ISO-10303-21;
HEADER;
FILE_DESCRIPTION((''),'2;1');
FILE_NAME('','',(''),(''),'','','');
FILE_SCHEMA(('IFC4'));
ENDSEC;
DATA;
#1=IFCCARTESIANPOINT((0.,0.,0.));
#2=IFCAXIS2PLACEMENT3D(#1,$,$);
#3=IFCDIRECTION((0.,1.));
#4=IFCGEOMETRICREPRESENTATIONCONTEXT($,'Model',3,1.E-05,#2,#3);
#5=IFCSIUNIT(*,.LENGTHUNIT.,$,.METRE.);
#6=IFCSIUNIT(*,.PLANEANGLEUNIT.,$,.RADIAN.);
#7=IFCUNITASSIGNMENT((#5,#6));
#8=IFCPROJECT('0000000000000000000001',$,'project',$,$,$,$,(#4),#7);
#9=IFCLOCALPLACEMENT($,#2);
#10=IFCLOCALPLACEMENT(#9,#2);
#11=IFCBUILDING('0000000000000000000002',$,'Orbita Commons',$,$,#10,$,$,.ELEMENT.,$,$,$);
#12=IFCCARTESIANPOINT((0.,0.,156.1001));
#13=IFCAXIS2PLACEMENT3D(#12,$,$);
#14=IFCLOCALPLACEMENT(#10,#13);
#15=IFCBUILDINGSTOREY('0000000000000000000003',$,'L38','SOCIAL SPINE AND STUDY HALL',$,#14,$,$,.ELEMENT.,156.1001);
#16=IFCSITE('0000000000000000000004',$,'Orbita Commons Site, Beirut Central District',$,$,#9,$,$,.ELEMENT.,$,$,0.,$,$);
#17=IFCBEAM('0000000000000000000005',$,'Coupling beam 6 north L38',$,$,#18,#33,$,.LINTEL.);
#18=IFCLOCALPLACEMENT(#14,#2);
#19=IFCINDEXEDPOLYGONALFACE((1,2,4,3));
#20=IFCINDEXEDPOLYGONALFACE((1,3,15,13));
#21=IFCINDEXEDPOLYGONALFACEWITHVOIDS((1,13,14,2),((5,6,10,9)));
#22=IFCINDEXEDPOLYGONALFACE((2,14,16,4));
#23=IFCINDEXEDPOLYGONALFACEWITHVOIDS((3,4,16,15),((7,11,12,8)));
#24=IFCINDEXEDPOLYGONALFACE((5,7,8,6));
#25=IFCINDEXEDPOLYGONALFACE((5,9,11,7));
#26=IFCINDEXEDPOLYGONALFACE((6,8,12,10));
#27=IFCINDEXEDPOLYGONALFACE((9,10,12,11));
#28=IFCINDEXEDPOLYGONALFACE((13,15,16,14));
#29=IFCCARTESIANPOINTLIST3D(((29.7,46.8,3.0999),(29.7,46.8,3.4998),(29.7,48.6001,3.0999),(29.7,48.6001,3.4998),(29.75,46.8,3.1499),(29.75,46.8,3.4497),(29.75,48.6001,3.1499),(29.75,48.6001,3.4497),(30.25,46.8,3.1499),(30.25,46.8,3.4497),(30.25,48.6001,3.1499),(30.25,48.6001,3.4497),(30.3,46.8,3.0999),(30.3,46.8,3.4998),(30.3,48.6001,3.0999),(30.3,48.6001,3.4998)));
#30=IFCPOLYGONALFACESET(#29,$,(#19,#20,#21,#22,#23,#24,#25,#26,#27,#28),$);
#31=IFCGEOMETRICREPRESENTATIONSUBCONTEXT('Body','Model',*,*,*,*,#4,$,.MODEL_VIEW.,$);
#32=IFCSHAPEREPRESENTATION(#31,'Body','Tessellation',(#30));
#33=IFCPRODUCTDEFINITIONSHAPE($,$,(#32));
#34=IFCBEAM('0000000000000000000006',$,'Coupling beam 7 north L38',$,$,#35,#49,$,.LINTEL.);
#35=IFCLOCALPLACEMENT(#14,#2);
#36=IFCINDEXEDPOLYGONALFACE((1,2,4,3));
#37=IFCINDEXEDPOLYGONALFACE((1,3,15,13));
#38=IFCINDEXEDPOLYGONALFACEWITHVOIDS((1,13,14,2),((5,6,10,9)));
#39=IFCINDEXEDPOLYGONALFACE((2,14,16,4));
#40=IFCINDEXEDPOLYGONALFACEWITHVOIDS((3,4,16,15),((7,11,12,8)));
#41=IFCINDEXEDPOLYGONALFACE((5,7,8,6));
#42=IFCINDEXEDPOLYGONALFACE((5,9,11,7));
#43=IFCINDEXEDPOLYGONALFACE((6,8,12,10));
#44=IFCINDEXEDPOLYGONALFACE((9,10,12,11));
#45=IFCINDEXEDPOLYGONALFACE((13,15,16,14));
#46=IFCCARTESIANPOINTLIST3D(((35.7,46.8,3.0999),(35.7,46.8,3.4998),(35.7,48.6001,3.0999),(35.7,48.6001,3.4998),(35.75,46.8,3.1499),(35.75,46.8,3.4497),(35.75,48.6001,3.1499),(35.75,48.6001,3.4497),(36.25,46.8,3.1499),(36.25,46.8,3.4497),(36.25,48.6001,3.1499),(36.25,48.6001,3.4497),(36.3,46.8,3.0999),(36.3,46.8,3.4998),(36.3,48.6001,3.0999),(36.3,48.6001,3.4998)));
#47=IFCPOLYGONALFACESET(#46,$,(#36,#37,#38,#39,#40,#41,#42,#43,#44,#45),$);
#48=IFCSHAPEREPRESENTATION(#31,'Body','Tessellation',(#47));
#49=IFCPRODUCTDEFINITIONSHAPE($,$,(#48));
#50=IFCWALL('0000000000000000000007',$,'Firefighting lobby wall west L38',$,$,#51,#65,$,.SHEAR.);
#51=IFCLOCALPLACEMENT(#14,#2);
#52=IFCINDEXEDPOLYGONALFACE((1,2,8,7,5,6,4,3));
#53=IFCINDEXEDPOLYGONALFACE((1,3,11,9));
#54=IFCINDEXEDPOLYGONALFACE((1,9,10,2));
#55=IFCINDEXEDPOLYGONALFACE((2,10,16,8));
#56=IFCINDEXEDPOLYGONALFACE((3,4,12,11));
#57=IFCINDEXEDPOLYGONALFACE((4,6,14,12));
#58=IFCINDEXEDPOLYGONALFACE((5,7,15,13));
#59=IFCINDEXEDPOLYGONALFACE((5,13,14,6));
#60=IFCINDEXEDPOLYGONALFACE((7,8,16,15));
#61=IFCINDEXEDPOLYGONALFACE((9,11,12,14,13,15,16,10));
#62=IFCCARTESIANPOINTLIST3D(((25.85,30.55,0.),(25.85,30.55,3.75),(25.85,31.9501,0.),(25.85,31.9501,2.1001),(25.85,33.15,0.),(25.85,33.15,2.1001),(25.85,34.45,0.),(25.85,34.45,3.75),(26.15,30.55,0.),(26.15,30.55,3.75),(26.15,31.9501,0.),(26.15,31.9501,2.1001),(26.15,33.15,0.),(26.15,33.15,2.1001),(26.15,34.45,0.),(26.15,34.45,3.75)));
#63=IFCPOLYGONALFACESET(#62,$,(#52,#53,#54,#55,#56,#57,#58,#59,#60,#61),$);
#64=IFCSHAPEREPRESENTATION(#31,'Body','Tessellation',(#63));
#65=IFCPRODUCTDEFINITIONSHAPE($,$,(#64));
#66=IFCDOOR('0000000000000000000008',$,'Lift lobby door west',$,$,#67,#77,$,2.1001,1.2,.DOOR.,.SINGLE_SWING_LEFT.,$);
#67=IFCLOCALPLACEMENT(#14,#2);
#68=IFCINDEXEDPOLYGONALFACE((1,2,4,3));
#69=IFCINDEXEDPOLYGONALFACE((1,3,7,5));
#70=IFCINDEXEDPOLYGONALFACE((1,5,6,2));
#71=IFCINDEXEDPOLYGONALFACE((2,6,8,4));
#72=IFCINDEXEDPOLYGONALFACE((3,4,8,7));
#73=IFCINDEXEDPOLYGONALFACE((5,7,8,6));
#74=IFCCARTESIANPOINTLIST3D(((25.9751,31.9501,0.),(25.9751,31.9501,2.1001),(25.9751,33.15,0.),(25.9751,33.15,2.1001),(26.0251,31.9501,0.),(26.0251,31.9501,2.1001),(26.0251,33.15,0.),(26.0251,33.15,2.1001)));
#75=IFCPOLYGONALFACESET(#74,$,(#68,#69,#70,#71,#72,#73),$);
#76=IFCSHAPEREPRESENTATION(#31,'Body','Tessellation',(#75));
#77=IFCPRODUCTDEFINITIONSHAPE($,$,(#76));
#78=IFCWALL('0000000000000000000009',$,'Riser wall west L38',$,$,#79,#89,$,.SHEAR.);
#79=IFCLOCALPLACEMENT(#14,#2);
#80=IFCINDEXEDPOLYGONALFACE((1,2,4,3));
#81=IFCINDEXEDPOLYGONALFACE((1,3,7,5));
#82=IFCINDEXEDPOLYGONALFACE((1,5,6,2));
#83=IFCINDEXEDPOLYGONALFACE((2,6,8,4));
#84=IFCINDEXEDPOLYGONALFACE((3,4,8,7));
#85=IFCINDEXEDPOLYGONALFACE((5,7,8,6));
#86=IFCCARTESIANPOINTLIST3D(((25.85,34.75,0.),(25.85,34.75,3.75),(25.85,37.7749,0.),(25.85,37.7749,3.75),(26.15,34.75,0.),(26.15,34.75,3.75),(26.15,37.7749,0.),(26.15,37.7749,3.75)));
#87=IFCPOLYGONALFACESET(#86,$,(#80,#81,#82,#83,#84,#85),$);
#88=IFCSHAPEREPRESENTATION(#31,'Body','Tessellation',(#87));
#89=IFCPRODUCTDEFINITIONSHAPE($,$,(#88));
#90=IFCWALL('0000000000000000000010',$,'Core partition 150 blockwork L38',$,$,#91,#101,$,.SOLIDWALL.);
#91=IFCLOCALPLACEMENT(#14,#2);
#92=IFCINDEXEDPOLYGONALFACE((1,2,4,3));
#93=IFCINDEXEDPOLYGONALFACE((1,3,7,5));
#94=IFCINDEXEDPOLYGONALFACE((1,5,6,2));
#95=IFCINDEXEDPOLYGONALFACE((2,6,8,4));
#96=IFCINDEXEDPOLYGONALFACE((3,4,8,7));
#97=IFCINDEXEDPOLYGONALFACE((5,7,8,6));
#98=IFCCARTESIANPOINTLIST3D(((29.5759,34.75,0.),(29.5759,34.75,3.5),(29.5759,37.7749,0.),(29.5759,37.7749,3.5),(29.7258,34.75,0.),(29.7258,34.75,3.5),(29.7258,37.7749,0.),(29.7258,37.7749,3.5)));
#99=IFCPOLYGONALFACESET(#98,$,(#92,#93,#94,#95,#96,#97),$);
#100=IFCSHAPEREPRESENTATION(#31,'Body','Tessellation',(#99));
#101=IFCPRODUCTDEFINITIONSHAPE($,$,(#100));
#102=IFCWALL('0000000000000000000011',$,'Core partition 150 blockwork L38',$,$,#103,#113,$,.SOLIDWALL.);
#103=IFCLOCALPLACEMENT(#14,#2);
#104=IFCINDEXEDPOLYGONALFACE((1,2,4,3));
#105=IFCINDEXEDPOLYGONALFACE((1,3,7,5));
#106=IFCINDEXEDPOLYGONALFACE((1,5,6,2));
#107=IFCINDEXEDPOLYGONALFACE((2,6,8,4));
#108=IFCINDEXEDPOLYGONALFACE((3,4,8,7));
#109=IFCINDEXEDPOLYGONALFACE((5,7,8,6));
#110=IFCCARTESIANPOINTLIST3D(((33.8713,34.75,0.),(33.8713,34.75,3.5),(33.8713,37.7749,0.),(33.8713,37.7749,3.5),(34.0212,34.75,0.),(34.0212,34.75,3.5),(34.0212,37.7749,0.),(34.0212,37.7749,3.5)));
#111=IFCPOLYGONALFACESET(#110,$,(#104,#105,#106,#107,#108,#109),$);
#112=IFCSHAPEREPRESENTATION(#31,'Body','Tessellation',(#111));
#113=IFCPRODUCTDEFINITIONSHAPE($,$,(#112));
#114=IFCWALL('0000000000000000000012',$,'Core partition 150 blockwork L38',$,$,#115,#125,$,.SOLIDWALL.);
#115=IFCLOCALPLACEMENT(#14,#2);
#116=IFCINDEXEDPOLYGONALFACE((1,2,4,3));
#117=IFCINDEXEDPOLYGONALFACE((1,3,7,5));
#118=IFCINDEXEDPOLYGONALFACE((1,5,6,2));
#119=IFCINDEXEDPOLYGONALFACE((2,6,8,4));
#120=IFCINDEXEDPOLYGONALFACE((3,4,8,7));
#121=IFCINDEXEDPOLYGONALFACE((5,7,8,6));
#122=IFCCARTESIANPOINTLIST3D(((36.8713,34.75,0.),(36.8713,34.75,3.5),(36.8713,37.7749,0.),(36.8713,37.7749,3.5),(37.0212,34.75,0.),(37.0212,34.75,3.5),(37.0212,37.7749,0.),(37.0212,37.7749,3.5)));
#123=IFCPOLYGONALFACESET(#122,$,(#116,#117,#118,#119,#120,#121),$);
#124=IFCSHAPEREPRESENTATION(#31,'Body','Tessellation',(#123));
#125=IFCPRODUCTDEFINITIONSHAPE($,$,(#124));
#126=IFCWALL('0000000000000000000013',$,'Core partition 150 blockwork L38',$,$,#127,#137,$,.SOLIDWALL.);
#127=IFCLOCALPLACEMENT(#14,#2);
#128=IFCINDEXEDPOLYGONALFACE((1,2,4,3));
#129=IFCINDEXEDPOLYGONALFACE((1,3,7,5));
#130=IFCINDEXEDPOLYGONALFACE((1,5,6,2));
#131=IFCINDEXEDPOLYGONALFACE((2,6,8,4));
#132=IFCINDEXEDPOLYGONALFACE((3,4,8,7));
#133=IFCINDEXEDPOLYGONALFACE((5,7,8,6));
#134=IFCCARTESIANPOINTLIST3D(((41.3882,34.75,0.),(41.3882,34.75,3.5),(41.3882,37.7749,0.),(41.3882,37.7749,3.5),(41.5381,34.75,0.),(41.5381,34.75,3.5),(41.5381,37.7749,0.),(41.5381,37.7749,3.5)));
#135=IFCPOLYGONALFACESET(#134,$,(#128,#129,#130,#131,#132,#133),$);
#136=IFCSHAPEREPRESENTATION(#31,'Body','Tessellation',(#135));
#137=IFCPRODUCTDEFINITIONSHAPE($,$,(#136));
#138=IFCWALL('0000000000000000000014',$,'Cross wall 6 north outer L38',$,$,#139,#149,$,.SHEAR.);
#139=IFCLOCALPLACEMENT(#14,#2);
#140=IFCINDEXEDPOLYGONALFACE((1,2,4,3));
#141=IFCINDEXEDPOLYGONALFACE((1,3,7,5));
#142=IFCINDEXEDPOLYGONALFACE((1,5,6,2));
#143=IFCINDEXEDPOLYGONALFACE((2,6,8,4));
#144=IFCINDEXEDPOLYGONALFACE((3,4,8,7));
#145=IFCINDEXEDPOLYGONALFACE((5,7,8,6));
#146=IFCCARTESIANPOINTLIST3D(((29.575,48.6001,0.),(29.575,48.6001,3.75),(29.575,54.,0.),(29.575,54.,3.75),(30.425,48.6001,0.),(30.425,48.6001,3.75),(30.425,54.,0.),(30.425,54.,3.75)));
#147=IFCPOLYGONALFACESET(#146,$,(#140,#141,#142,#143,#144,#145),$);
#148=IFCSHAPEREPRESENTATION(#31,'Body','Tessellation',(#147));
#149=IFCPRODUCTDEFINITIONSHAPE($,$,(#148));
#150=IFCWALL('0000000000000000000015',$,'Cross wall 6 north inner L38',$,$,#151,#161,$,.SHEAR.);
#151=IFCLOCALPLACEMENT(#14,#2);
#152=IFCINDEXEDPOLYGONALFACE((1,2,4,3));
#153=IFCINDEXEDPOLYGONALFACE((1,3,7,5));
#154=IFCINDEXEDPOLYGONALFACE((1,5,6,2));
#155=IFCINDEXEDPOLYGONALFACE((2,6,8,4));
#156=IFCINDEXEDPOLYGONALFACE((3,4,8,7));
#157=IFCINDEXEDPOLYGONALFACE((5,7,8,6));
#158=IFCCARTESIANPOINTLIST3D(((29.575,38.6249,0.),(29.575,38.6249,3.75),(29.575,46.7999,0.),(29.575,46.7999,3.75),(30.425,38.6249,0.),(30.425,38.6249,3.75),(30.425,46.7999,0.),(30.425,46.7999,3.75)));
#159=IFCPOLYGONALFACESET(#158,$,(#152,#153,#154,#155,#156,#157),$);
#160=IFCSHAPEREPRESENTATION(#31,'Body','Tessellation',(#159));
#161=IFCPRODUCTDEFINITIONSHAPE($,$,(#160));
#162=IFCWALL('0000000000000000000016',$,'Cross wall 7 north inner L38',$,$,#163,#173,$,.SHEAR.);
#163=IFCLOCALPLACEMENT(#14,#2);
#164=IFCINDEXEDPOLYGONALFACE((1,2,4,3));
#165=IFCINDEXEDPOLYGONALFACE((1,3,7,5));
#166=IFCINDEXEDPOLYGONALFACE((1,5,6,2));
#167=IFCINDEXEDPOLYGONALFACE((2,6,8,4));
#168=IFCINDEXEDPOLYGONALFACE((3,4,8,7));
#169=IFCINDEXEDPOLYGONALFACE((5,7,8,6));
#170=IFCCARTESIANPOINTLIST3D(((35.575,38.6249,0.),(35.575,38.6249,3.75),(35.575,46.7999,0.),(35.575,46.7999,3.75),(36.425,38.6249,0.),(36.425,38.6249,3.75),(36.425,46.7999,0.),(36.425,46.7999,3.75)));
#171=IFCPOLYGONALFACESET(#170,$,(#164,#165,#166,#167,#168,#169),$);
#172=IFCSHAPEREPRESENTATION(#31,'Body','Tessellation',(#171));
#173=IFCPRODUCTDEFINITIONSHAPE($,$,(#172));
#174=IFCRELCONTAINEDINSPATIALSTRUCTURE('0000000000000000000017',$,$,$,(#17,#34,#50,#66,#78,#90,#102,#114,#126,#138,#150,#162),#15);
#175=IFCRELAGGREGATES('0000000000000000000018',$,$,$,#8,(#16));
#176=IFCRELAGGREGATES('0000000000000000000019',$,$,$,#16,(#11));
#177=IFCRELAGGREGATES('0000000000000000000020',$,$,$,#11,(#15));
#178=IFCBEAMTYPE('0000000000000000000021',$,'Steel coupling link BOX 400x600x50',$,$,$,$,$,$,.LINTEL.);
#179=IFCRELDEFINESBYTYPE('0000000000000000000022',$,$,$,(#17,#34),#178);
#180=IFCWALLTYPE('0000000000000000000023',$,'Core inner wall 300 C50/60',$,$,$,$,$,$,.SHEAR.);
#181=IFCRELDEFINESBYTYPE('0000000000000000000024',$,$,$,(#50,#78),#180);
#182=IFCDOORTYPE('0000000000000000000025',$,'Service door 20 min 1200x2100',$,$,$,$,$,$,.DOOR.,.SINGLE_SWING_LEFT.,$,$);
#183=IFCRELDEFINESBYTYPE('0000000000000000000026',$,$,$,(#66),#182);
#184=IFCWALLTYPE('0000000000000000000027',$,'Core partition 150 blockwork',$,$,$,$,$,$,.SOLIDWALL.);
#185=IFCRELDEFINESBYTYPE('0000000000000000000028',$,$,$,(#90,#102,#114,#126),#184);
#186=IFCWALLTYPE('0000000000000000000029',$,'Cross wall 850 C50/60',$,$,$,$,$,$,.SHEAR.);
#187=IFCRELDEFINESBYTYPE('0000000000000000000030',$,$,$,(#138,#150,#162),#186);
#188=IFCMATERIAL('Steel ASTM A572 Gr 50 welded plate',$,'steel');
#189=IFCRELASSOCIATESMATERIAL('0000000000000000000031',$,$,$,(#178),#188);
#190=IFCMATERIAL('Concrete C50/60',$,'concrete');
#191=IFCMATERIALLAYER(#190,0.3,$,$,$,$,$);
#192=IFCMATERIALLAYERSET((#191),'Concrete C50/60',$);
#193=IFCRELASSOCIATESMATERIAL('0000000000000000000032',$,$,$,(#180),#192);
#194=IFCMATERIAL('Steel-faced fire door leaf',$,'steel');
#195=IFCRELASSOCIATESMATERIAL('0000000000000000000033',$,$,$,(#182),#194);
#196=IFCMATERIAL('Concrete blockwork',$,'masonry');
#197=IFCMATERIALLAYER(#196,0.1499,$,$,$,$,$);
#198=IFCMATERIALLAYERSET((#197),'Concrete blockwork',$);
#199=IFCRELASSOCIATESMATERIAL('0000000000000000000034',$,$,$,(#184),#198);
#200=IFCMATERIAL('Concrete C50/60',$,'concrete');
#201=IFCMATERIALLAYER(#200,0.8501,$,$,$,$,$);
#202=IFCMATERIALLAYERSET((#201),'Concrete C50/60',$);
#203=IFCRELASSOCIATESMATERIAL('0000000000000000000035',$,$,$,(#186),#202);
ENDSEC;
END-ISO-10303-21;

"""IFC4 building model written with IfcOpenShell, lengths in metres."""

from ifc_helpers import new_model, si_unit, direction, frame, frame_2d, origin, origin_2d, place, context, subcontext, project, spatial, rectangle, hollow_rectangle, extrude, material, layer, layer_set, material_profile, profile_set, type_object, element, fill, save


model = new_model("IFC4")

# Units and contexts
model_context = context("Model", 3, precision=1e-05, world=origin(), true_north=direction((0.0, 1.0)))
body_context = subcontext(model_context, "Body", "Model", "MODEL_VIEW")
ifc_project = project(units=[si_unit("LENGTHUNIT", "METRE"), si_unit("PLANEANGLEUNIT", "RADIAN")], contexts=[model_context])

# Site, building, storey
site_placement = place(None, origin())
site = spatial("IfcSite", under=ifc_project, at=site_placement, Name="Orbita Commons Site, Beirut Central District", CompositionType="ELEMENT", RefElevation=0.0)
building_placement = place(site_placement, origin())
building = spatial("IfcBuilding", under=site, at=building_placement, Name="Orbita Commons", CompositionType="ELEMENT")
storey_placement = place(building_placement, frame((0.0, 0.0, 156.1001)))
storey = spatial("IfcBuildingStorey", under=building, at=storey_placement, Name="L38", Description="SOCIAL SPINE AND STUDY HALL", CompositionType="ELEMENT", Elevation=156.1001)

# Beams
ifc_material_1 = material(Name="Steel ASTM A572 Gr 50 welded plate", Category="steel")
ifc_material_profile = material_profile(ifc_material_1, hollow_rectangle(XDim=0.6001, YDim=0.3999, WallThickness=0.05, at=origin_2d()), Name="BOX 400x600x50")
ifc_profile_set = profile_set([ifc_material_profile], Name="Steel ASTM A572 Gr 50 welded plate")
beam_type = type_object("IfcBeamType", Name="Steel coupling link BOX 400x600x50", PredefinedType="LINTEL", material=ifc_profile_set)
for number, where, z_axis, x_axis, name in (
    (1, (30.0, 46.8, 3.2998), (0.0, 1.0, 0.0), (-1.0, 0.0, 0.0), "Coupling beam 6 north L38"),
    (2, (36.0, 46.8, 3.2998), (0.0, 1.0, 0.0), (-1.0, 0.0, 0.0), "Coupling beam 7 north L38"),
):
    element("IfcBeam", number, at=place(storey_placement, frame(where, z_axis=z_axis, x_axis=x_axis)), inside=storey, type_object=beam_type, Name=name, PredefinedType="LINTEL", context=body_context, shape_type="SweptSolid", body=[
        extrude(hollow_rectangle(XDim=0.6001, YDim=0.3999, WallThickness=0.05, at=origin_2d()), origin(), (0.0, 0.0, 1.0), 1.8),
    ])

# Wall, opening, door
ifc_material_2 = material(Name="Concrete C50/60", Category="concrete")
ifc_layer_1 = layer(ifc_material_2, 0.3)
ifc_layer_set_1 = layer_set([ifc_layer_1], Name="Concrete C50/60")
wall_type_1 = type_object("IfcWallType", Name="Core inner wall 300 C50/60", PredefinedType="SHEAR", material=ifc_layer_set_1)
wall_1_placement = place(storey_placement, frame((26.0, 30.55, 0.0), z_axis=(0.0, 0.0, 1.0), x_axis=(0.0, 1.0, 0.0)))
wall_1 = element("IfcWall", 3, at=wall_1_placement, inside=storey, type_object=wall_type_1, Name="Firefighting lobby wall west L38", PredefinedType="SHEAR", context=body_context, shape_type="SweptSolid", body=[
    extrude(rectangle(XDim=3.8999, YDim=0.3, at=frame_2d((1.95, 0.0))), origin(), (0.0, 0.0, 1.0), 3.75),
])
opening_1_placement = place(wall_1_placement, frame((1.3999, 0.0, 0.0)))
opening_1 = element("IfcOpeningElement", 4, at=opening_1_placement, cuts=wall_1, PredefinedType="OPENING", context=body_context, shape_type="SweptSolid", body=[
    extrude(rectangle(XDim=1.2, YDim=2.1001, at=frame_2d((0.6001, 1.05))), frame((0.0, 0.1599, 0.0), z_axis=(0.0, -1.0, 0.0), x_axis=(1.0, 0.0, 0.0)), (0.0, 0.0, 1.0), 0.3201),
])
ifc_material_3 = material(Name="Steel-faced fire door leaf", Category="steel")
door_type_1 = type_object("IfcDoorType", Name="Service door 20 min 1200x2100", OperationType="SINGLE_SWING_LEFT", PredefinedType="DOOR", material=ifc_material_3)
door_1_placement = place(opening_1_placement, origin())
door_1 = element("IfcDoor", 5, at=door_1_placement, inside=storey, type_object=door_type_1, Name="Lift lobby door west", OperationType="SINGLE_SWING_LEFT", OverallHeight=2.1001, OverallWidth=1.2, PredefinedType="DOOR", context=body_context, shape_type="SweptSolid", body=[
    extrude(rectangle(XDim=1.2, YDim=2.1001, at=frame_2d((0.6001, 1.05))), frame((0.0, 0.0249, 0.0), z_axis=(0.0, -1.0, 0.0), x_axis=(1.0, 0.0, 0.0)), (0.0, 0.0, 1.0), 0.05),
])
fill(opening_1, door_1)

# Walls
wall_2_placement = place(storey_placement, frame((26.0, 34.75, 0.0), z_axis=(0.0, 0.0, 1.0), x_axis=(0.0, 1.0, 0.0)))
element("IfcWall", 6, at=wall_2_placement, inside=storey, type_object=wall_type_1, Name="Riser wall west L38", PredefinedType="SHEAR", context=body_context, shape_type="SweptSolid", body=[
    extrude(rectangle(XDim=3.0249, YDim=0.3, at=frame_2d((1.5125, 0.0))), origin(), (0.0, 0.0, 1.0), 3.75),
])
ifc_material_4 = material(Name="Concrete blockwork", Category="masonry")
ifc_layer_2 = layer(ifc_material_4, 0.1499)
ifc_layer_set_2 = layer_set([ifc_layer_2], Name="Concrete blockwork")
wall_type_2 = type_object("IfcWallType", Name="Core partition 150 blockwork", PredefinedType="SOLIDWALL", material=ifc_layer_set_2)
for number, where, z_axis, x_axis, name in (
    (7, (29.6509, 34.75, 0.0), (0.0, 0.0, 1.0), (0.0, 1.0, 0.0), "Core partition 150 blockwork L38"),
    (8, (33.9463, 34.75, 0.0), (0.0, 0.0, 1.0), (0.0, 1.0, 0.0), "Core partition 150 blockwork L38"),
    (9, (36.9463, 34.75, 0.0), (0.0, 0.0, 1.0), (0.0, 1.0, 0.0), "Core partition 150 blockwork L38"),
    (10, (41.4631, 34.75, 0.0), (0.0, 0.0, 1.0), (0.0, 1.0, 0.0), "Core partition 150 blockwork L38"),
):
    element("IfcWall", number, at=place(storey_placement, frame(where, z_axis=z_axis, x_axis=x_axis)), inside=storey, type_object=wall_type_2, Name=name, PredefinedType="SOLIDWALL", context=body_context, shape_type="SweptSolid", body=[
        extrude(rectangle(XDim=3.0249, YDim=0.1499, at=frame_2d((1.5125, 0.0))), origin(), (0.0, 0.0, 1.0), 3.5),
    ])
ifc_material_5 = material(Name="Concrete C50/60", Category="concrete")
ifc_layer_3 = layer(ifc_material_5, 0.8501)
ifc_layer_set_3 = layer_set([ifc_layer_3], Name="Concrete C50/60")
wall_type_3 = type_object("IfcWallType", Name="Cross wall 850 C50/60", PredefinedType="SHEAR", material=ifc_layer_set_3)
wall_3_placement = place(storey_placement, frame((30.0, 48.6001, 0.0), z_axis=(0.0, 0.0, 1.0), x_axis=(0.0, 1.0, 0.0)))
element("IfcWall", 11, at=wall_3_placement, inside=storey, type_object=wall_type_3, Name="Cross wall 6 north outer L38", PredefinedType="SHEAR", context=body_context, shape_type="SweptSolid", body=[
    extrude(rectangle(XDim=5.3999, YDim=0.8501, at=frame_2d((2.7, 0.0))), origin(), (0.0, 0.0, 1.0), 3.75),
])
for number, where, z_axis, x_axis, name in (
    (12, (30.0, 38.625, 0.0), (0.0, 0.0, 1.0), (0.0, 1.0, 0.0), "Cross wall 6 north inner L38"),
    (13, (36.0, 38.625, 0.0), (0.0, 0.0, 1.0), (0.0, 1.0, 0.0), "Cross wall 7 north inner L38"),
):
    element("IfcWall", number, at=place(storey_placement, frame(where, z_axis=z_axis, x_axis=x_axis)), inside=storey, type_object=wall_type_3, Name=name, PredefinedType="SHEAR", context=body_context, shape_type="SweptSolid", body=[
        extrude(rectangle(XDim=8.175, YDim=0.8501, at=frame_2d((4.0874, 0.0))), origin(), (0.0, 0.0, 1.0), 3.75),
    ])

save(model, "model.ifc")
